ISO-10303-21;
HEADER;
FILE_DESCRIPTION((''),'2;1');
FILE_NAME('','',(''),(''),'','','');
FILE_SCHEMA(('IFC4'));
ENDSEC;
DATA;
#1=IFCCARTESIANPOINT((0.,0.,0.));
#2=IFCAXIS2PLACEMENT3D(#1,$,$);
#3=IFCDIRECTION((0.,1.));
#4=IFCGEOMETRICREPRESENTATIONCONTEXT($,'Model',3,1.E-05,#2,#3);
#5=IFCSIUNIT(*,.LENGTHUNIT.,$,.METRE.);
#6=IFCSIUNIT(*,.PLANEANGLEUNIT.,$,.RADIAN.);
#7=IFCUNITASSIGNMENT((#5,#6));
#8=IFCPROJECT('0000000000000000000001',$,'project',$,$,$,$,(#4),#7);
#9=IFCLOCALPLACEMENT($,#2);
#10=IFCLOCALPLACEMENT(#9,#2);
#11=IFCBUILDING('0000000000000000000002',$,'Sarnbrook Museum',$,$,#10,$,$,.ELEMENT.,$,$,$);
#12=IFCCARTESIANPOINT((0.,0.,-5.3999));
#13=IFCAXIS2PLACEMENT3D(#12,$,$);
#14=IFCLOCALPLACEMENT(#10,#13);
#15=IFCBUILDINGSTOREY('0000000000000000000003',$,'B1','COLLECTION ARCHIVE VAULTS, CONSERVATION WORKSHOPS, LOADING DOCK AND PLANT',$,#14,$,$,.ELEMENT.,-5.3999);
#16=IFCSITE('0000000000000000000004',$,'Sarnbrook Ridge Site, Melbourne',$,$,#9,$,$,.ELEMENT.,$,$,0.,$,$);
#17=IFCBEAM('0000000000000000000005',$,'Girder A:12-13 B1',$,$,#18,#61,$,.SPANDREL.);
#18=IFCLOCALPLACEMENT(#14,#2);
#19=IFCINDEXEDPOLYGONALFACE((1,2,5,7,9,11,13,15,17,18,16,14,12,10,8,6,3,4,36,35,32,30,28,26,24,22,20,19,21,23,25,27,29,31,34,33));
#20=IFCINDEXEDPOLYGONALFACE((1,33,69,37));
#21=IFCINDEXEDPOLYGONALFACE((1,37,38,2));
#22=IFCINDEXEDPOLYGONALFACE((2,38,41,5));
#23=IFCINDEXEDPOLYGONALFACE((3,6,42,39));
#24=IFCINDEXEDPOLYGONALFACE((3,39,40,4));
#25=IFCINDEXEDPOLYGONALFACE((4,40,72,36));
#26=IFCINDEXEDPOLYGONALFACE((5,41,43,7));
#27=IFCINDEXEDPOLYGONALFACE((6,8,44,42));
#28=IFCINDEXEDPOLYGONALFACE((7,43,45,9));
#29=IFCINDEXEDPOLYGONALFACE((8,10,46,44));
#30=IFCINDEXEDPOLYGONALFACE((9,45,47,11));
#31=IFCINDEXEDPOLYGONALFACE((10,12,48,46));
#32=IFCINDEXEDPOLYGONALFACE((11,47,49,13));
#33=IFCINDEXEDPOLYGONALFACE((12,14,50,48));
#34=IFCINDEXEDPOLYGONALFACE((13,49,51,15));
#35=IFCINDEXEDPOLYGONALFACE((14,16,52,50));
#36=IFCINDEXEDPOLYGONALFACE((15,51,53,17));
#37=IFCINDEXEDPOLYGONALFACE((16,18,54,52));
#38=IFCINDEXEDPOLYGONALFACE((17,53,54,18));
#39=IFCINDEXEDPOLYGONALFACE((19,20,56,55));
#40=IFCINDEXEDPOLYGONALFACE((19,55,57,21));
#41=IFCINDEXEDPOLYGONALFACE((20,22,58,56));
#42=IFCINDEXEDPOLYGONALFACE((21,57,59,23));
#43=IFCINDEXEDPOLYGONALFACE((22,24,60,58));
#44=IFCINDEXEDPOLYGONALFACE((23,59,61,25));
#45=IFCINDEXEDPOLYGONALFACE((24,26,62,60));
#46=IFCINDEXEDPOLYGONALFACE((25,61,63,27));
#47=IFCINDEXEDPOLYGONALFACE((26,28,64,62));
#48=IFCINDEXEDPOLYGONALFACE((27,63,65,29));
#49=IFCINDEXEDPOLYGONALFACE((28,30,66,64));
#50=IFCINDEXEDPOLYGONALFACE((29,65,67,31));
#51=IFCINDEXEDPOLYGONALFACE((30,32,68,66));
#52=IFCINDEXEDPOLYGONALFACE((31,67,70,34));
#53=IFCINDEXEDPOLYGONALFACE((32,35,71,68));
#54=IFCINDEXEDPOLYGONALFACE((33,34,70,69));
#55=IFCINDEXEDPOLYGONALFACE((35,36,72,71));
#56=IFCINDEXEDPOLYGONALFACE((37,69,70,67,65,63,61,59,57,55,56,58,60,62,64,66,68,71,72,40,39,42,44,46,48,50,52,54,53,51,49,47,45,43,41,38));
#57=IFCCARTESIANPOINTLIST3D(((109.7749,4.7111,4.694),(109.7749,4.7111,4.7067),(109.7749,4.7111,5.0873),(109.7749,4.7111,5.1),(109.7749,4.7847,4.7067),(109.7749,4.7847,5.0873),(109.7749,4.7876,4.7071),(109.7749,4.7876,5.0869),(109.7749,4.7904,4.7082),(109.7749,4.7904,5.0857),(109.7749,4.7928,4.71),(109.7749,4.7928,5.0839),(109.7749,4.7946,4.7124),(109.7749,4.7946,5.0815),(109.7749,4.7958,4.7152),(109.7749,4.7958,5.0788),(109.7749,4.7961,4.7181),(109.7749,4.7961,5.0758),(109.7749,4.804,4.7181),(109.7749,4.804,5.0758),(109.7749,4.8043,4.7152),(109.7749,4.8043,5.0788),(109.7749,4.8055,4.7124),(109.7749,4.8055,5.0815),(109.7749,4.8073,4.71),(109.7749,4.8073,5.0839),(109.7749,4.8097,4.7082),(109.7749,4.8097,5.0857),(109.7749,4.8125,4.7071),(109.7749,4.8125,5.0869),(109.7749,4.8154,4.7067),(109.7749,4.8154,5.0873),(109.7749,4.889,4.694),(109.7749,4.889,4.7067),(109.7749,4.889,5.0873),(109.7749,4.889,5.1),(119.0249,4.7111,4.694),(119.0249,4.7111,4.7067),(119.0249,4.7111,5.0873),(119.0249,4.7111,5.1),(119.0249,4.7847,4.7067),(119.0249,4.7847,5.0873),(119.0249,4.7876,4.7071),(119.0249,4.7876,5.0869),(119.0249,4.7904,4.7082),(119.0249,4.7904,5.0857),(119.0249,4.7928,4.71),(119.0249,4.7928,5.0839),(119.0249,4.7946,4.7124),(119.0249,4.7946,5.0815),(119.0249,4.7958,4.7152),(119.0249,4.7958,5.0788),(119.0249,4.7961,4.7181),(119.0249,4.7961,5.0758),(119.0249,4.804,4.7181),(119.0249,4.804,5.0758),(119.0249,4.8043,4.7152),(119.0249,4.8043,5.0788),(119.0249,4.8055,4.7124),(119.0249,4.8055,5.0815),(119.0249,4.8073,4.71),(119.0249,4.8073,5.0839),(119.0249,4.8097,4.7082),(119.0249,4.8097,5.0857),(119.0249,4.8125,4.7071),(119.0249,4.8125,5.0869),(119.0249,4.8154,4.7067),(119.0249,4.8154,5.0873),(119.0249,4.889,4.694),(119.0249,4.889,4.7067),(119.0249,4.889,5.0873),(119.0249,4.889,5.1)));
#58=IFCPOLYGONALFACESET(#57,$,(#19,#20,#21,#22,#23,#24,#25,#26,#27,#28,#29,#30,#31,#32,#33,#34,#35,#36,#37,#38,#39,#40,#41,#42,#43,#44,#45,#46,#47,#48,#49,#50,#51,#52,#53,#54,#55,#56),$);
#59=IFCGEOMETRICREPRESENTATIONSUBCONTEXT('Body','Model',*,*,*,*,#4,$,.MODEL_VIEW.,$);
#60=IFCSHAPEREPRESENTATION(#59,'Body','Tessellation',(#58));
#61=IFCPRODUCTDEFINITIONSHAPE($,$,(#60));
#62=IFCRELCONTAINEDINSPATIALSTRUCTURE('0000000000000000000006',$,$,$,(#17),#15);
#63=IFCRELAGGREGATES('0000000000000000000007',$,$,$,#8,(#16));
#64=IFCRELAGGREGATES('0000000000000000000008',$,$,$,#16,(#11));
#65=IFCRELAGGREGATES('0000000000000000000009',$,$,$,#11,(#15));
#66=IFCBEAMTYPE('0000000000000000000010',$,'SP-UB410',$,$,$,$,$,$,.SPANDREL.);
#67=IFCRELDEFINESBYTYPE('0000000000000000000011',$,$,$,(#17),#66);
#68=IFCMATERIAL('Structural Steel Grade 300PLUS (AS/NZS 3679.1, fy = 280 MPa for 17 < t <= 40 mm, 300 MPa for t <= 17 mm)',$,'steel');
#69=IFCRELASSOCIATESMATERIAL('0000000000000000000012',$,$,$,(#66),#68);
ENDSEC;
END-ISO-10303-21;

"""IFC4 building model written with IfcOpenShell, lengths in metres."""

from ifc_helpers import new_model, si_unit, direction, frame, origin, origin_2d, place, context, subcontext, project, spatial, i_section, extrude, material, material_profile, profile_set, type_object, element, save


model = new_model("IFC4")

# Units and contexts
model_context = context("Model", 3, precision=1e-05, world=origin(), true_north=direction((0.0, 1.0)))
body_context = subcontext(model_context, "Body", "Model", "MODEL_VIEW")
ifc_project = project(units=[si_unit("LENGTHUNIT", "METRE"), si_unit("PLANEANGLEUNIT", "RADIAN")], contexts=[model_context])

# Site, building, storey
site_placement = place(None, origin())
site = spatial("IfcSite", under=ifc_project, at=site_placement, Name="Sarnbrook Ridge Site, Melbourne", CompositionType="ELEMENT", RefElevation=0.0)
building_placement = place(site_placement, origin())
building = spatial("IfcBuilding", under=site, at=building_placement, Name="Sarnbrook Museum", CompositionType="ELEMENT")
storey_placement = place(building_placement, frame((0.0, 0.0, -5.3999)))
storey = spatial("IfcBuildingStorey", under=building, at=storey_placement, Name="B1", Description="COLLECTION ARCHIVE VAULTS, CONSERVATION WORKSHOPS, LOADING DOCK AND PLANT", CompositionType="ELEMENT", Elevation=-5.3999)

# Beam
ifc_material_1 = material(Name="Structural Steel Grade 300PLUS (AS/NZS 3679.1, fy = 280 MPa for 17 < t <= 40 mm, 300 MPa for t <= 17 mm)", Category="steel")
ifc_material_profile_1 = material_profile(ifc_material_1, i_section(OverallWidth=0.178, OverallDepth=0.406, WebThickness=0.0078, FlangeThickness=0.0127, FilletRadius=0.0115, at=origin_2d()), Name="410UB59.7")
ifc_profile_set_1 = profile_set([ifc_material_profile_1], Name="Structural Steel Grade 300PLUS (AS/NZS 3679.1, fy = 280 MPa for 17 < t <= 40 mm, 300 MPa for t <= 17 mm)")
beam_type_1 = type_object("IfcBeamType", Name="SP-UB410", PredefinedType="SPANDREL", material=ifc_profile_set_1)
beam_1_placement = place(storey_placement, frame((109.7749, 4.8, 4.897), z_axis=(1.0, 0.0, 0.0), x_axis=(0.0, 1.0, 0.0)))
element("IfcBeam", 1, at=beam_1_placement, inside=storey, type_object=beam_type_1, Name="Girder A:12-13 B1", PredefinedType="SPANDREL", context=body_context, shape_type="SweptSolid", body=[
    extrude(i_section(OverallWidth=0.178, OverallDepth=0.406, WebThickness=0.0078, FlangeThickness=0.0127, FilletRadius=0.0115, at=origin_2d()), origin(), (0.0, 0.0, 1.0), 9.25),
])

save(model, "model.ifc")
